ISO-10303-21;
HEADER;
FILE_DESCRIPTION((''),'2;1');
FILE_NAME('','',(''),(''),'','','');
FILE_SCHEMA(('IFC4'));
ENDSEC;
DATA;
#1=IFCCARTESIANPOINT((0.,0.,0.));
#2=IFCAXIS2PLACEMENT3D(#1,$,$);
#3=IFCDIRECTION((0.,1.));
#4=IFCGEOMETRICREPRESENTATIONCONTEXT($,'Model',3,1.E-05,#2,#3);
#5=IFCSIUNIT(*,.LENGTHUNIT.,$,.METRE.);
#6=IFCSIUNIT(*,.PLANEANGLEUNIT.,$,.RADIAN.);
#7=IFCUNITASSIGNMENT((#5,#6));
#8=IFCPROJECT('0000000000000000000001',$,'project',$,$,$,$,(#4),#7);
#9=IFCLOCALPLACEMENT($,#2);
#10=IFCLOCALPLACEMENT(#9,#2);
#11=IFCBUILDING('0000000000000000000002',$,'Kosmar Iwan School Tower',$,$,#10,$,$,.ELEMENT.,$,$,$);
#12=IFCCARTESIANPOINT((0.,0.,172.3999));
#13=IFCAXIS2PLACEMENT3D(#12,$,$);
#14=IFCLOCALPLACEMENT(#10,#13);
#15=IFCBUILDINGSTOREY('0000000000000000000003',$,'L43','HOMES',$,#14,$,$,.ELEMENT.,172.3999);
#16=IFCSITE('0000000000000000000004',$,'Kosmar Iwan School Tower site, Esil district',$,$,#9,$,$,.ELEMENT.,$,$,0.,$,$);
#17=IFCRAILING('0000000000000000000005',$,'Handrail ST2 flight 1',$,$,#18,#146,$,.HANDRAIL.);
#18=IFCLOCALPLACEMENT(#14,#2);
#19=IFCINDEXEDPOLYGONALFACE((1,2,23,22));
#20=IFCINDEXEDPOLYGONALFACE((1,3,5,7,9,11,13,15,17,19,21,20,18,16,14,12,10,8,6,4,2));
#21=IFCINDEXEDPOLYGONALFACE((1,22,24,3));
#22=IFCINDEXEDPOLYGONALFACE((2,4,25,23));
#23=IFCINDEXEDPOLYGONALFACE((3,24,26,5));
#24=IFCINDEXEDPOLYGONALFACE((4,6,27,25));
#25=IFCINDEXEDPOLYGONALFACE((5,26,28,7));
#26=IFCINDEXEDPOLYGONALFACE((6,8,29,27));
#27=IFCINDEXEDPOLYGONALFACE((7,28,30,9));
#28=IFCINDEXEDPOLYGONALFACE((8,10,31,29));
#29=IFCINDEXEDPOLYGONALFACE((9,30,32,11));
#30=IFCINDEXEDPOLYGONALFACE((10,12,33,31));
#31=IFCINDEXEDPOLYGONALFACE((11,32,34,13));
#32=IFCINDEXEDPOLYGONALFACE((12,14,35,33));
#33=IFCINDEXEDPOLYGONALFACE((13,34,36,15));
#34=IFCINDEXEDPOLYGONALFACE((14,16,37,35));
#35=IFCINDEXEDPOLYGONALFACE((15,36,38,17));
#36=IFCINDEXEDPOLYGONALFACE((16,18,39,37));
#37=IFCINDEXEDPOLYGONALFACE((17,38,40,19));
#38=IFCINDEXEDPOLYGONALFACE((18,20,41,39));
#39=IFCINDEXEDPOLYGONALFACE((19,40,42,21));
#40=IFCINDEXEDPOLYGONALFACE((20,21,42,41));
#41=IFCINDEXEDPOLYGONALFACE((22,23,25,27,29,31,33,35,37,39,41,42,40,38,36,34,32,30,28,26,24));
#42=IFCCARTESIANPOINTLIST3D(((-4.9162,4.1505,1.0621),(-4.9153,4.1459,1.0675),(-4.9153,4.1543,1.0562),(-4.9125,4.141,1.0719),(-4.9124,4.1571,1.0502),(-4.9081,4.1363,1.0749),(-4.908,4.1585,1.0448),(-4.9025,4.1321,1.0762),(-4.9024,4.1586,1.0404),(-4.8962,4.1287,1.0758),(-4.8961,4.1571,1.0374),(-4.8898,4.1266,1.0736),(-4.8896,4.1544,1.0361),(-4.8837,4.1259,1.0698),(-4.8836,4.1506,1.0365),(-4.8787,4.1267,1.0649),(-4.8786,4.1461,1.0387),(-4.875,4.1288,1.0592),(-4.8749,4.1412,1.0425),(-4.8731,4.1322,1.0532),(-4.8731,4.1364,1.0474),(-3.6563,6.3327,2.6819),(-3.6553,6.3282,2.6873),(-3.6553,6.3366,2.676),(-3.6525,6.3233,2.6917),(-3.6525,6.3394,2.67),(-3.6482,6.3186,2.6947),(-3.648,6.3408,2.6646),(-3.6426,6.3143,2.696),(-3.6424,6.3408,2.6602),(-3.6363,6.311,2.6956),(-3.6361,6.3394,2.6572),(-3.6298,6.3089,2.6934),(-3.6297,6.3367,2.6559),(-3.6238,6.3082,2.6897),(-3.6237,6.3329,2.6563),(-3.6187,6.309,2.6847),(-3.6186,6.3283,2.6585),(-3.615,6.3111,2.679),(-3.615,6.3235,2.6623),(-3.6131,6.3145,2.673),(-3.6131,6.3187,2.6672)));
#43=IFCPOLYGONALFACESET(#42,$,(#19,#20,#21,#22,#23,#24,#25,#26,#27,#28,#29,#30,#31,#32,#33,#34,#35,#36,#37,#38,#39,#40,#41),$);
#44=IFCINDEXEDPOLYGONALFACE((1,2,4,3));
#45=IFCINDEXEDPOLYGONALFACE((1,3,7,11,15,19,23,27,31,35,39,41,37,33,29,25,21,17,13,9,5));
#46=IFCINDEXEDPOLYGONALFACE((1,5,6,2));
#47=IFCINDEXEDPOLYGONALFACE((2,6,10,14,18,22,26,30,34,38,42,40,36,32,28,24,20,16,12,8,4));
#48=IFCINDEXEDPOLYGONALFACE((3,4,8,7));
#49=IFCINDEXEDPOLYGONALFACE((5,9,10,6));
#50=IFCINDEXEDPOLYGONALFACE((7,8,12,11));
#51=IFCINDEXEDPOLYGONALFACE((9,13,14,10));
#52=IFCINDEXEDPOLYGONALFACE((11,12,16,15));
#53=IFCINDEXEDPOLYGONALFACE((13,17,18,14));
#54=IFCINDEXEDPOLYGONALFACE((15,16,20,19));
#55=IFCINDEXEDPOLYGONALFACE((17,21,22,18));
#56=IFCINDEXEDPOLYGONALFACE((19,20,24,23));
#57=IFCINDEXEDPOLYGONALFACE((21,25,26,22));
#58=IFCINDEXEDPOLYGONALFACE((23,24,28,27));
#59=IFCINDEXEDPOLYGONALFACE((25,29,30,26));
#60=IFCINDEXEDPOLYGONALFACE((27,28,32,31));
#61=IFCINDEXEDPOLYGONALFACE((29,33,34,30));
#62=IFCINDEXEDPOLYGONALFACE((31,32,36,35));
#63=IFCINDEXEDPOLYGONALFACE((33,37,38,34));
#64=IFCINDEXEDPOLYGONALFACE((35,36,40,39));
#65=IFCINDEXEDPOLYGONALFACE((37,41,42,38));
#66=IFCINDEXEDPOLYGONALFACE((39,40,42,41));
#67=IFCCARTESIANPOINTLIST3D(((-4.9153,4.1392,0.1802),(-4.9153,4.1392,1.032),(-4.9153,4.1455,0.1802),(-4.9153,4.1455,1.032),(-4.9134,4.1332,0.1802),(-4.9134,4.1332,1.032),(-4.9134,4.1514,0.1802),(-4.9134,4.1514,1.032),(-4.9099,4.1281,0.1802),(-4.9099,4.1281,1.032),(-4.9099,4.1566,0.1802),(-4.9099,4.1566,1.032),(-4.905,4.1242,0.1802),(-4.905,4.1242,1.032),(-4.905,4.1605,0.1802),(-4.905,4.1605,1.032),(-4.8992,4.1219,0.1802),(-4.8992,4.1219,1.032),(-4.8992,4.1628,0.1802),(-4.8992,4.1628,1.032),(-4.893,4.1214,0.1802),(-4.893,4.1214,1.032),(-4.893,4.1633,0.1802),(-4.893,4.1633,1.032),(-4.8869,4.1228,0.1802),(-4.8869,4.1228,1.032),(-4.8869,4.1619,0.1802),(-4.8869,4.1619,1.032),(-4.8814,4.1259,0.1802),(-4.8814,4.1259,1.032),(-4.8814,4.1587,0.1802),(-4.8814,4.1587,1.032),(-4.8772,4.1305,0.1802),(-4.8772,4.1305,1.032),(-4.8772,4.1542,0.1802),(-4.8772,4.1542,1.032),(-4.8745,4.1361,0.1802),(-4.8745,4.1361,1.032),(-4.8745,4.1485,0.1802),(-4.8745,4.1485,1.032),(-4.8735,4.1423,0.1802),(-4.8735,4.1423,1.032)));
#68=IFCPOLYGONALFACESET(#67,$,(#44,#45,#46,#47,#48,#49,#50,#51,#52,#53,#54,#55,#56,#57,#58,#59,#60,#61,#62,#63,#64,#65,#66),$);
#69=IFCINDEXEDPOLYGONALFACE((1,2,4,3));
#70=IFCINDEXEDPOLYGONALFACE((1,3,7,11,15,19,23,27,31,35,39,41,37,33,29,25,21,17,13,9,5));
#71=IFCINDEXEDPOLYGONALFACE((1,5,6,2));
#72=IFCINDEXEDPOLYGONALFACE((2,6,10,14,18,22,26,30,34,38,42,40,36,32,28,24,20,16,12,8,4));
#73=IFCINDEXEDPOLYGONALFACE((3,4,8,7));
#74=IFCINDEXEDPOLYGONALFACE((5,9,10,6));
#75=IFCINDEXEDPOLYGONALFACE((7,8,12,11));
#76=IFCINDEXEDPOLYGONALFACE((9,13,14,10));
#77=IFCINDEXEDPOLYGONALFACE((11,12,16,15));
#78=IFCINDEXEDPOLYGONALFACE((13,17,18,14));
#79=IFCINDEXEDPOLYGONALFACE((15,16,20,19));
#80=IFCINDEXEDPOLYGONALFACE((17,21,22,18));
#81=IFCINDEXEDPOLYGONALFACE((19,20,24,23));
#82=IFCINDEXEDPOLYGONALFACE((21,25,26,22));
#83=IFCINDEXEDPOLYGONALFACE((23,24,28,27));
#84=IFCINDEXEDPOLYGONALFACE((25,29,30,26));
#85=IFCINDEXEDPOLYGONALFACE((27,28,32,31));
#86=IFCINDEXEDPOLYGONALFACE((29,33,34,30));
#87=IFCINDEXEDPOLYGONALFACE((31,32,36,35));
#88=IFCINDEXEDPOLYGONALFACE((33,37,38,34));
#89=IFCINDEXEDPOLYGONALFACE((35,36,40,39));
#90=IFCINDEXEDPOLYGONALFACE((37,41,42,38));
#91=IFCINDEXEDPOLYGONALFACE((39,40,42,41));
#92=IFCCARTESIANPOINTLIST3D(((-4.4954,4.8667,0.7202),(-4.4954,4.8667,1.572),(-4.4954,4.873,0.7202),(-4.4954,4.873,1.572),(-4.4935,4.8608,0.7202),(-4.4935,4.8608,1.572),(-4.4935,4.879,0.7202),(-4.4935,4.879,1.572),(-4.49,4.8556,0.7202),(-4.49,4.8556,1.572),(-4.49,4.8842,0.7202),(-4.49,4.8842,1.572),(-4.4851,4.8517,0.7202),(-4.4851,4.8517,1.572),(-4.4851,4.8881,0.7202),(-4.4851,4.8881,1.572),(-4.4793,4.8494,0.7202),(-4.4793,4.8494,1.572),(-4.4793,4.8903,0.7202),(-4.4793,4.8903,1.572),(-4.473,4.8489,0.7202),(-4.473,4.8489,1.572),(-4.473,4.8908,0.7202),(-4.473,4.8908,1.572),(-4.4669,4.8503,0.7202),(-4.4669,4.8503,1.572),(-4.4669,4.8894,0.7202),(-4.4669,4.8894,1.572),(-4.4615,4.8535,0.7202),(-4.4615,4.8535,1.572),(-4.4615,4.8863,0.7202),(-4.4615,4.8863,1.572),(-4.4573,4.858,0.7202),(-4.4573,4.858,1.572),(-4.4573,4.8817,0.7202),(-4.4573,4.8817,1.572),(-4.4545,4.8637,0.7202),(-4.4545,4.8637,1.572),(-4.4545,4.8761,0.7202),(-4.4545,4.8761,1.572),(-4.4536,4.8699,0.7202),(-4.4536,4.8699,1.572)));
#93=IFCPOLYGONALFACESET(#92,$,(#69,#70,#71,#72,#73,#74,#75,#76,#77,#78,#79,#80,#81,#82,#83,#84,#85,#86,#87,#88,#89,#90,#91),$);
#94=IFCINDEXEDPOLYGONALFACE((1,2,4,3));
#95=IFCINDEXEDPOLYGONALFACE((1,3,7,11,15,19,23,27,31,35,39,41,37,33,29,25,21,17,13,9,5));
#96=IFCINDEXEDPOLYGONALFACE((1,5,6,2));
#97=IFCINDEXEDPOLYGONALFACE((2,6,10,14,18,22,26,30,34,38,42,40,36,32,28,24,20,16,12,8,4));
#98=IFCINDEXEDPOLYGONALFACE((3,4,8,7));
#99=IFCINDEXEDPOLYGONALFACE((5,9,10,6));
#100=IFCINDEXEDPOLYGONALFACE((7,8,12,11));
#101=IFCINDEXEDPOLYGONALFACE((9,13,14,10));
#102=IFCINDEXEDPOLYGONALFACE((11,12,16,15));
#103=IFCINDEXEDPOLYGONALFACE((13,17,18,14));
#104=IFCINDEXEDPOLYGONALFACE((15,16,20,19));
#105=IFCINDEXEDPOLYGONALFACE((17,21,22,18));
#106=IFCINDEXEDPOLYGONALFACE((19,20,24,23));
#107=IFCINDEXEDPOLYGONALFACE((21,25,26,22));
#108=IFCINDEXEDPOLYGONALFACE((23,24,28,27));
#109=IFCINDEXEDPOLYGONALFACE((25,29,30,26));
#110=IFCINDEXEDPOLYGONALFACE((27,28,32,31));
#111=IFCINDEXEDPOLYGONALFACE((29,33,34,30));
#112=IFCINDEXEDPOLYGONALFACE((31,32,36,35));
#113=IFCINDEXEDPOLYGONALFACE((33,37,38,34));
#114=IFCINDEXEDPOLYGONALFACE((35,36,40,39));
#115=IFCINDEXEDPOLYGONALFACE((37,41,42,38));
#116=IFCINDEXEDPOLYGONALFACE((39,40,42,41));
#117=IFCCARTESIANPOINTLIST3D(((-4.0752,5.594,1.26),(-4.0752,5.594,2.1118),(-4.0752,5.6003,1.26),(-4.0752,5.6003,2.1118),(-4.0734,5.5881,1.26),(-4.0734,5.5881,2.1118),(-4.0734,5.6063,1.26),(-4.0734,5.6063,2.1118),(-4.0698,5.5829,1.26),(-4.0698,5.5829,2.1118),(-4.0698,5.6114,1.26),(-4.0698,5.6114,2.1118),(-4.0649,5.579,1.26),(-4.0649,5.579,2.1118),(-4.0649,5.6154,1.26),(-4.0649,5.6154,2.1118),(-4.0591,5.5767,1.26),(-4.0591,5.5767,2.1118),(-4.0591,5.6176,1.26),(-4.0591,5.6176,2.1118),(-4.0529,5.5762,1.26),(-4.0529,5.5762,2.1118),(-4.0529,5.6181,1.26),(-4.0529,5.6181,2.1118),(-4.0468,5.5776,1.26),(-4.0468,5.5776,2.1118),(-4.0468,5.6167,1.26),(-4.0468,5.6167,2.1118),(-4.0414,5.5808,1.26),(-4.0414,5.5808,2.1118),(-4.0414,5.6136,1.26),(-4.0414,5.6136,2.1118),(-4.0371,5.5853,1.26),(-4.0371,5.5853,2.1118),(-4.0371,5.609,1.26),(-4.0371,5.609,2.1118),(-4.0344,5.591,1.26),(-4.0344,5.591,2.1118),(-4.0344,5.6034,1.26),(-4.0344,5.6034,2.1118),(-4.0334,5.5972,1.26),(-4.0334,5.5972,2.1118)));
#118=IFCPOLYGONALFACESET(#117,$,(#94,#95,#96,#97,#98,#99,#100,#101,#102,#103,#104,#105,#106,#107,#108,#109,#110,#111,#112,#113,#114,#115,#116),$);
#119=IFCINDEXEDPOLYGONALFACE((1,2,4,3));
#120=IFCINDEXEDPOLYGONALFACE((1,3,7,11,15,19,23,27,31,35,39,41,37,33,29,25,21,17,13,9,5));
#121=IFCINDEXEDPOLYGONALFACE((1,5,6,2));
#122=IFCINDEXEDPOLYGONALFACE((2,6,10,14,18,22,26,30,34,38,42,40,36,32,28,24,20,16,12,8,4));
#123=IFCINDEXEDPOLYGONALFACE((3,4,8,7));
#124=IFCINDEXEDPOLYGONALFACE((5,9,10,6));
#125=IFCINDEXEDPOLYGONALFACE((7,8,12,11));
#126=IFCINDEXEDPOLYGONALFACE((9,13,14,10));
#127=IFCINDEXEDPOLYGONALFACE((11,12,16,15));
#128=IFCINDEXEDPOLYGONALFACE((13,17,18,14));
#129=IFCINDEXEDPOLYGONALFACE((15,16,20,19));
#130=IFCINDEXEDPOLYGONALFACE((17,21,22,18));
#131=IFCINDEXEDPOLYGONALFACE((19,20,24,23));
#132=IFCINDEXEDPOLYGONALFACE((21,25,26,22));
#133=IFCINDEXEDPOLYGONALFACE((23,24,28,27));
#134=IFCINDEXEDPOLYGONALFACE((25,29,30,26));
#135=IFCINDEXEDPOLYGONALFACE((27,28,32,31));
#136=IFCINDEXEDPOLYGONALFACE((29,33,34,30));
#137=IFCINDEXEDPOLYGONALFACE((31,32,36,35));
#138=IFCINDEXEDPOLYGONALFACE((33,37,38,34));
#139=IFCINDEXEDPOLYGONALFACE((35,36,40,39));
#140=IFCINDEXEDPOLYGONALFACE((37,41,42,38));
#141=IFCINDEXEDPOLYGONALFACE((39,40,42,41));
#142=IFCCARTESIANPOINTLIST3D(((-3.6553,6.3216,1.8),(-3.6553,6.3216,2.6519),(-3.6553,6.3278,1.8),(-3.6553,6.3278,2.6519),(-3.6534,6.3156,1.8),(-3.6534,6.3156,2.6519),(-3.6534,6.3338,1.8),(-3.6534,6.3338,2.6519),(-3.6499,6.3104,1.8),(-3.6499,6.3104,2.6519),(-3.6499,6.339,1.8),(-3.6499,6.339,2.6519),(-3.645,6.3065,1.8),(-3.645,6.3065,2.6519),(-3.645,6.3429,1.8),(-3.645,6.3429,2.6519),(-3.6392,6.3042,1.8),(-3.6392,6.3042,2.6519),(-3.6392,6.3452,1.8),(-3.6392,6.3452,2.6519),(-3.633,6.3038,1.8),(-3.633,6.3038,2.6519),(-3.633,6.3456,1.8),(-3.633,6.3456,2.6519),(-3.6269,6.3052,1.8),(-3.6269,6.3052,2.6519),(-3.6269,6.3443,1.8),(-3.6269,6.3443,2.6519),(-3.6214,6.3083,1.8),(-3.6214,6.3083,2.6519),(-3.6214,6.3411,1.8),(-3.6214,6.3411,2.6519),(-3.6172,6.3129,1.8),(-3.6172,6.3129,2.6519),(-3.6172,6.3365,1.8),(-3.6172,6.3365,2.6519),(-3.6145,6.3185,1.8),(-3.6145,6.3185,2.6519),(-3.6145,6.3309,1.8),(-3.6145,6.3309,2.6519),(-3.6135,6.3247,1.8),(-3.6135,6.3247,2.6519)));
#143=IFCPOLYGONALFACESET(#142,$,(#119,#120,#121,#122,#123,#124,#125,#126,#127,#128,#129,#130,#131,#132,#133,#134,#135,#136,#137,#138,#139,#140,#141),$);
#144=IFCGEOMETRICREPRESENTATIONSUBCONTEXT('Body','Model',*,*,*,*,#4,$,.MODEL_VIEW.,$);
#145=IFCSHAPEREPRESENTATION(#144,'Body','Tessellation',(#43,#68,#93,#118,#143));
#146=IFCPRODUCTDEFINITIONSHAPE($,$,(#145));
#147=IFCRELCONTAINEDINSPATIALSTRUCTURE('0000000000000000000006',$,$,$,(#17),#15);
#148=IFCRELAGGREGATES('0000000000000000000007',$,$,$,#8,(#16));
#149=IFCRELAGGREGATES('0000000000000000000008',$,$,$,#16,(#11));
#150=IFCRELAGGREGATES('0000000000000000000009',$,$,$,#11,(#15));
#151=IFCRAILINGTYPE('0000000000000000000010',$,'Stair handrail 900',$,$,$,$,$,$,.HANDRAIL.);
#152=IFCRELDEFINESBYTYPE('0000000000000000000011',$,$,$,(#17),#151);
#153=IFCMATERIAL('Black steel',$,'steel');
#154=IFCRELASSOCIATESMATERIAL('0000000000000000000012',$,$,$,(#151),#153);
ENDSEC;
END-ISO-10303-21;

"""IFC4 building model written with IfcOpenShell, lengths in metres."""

from ifc_helpers import new_model, si_unit, direction, frame, origin, origin_2d, place, context, subcontext, project, spatial, circle, extrude, material, type_object, element, save


model = new_model("IFC4")

# Units and contexts
model_context = context("Model", 3, precision=1e-05, world=origin(), true_north=direction((0.0, 1.0)))
body_context = subcontext(model_context, "Body", "Model", "MODEL_VIEW")
ifc_project = project(units=[si_unit("LENGTHUNIT", "METRE"), si_unit("PLANEANGLEUNIT", "RADIAN")], contexts=[model_context])

# Site, building, storey
site_placement = place(None, origin())
site = spatial("IfcSite", under=ifc_project, at=site_placement, Name="Kosmar Iwan School Tower site, Esil district", CompositionType="ELEMENT", RefElevation=0.0)
building_placement = place(site_placement, origin())
building = spatial("IfcBuilding", under=site, at=building_placement, Name="Kosmar Iwan School Tower", CompositionType="ELEMENT")
storey_placement = place(building_placement, frame((0.0, 0.0, 172.3999)))
storey = spatial("IfcBuildingStorey", under=building, at=storey_placement, Name="L43", Description="HOMES", CompositionType="ELEMENT", Elevation=172.3999)

# Railing
ifc_material_1 = material(Name="Black steel", Category="steel")
railing_type = type_object("IfcRailingType", Name="Stair handrail 900", PredefinedType="HANDRAIL", material=ifc_material_1)
railing_placement = place(storey_placement, frame((-4.8945, 4.1423, 0.1802)))
element("IfcRailing", 1, at=railing_placement, inside=storey, type_object=railing_type, Name="Handrail ST2 flight 1", PredefinedType="HANDRAIL", context=body_context, shape_type="SweptSolid", body=[
    extrude(circle(Radius=0.0239, at=origin_2d()), frame((0.0, 0.0, 0.876), z_axis=(0.420603, 0.728496, 0.540728), x_axis=(-0.866023, 0.500005, 0.0)), (0.0, 0.0, 1.0), 2.9956),
    extrude(circle(Radius=0.021, at=origin_2d()), origin(), (0.0, 0.0, 1.0), 0.8518),
    extrude(circle(Radius=0.021, at=origin_2d()), frame((0.4199, 0.7275, 0.54)), (0.0, 0.0, 1.0), 0.8518),
    extrude(circle(Radius=0.021, at=origin_2d()), frame((0.8401, 1.4548, 1.0798)), (0.0, 0.0, 1.0), 0.8518),
    extrude(circle(Radius=0.021, at=origin_2d()), frame((1.26, 2.1824, 1.6199)), (0.0, 0.0, 1.0), 0.8518),
])

save(model, "model.ifc")
